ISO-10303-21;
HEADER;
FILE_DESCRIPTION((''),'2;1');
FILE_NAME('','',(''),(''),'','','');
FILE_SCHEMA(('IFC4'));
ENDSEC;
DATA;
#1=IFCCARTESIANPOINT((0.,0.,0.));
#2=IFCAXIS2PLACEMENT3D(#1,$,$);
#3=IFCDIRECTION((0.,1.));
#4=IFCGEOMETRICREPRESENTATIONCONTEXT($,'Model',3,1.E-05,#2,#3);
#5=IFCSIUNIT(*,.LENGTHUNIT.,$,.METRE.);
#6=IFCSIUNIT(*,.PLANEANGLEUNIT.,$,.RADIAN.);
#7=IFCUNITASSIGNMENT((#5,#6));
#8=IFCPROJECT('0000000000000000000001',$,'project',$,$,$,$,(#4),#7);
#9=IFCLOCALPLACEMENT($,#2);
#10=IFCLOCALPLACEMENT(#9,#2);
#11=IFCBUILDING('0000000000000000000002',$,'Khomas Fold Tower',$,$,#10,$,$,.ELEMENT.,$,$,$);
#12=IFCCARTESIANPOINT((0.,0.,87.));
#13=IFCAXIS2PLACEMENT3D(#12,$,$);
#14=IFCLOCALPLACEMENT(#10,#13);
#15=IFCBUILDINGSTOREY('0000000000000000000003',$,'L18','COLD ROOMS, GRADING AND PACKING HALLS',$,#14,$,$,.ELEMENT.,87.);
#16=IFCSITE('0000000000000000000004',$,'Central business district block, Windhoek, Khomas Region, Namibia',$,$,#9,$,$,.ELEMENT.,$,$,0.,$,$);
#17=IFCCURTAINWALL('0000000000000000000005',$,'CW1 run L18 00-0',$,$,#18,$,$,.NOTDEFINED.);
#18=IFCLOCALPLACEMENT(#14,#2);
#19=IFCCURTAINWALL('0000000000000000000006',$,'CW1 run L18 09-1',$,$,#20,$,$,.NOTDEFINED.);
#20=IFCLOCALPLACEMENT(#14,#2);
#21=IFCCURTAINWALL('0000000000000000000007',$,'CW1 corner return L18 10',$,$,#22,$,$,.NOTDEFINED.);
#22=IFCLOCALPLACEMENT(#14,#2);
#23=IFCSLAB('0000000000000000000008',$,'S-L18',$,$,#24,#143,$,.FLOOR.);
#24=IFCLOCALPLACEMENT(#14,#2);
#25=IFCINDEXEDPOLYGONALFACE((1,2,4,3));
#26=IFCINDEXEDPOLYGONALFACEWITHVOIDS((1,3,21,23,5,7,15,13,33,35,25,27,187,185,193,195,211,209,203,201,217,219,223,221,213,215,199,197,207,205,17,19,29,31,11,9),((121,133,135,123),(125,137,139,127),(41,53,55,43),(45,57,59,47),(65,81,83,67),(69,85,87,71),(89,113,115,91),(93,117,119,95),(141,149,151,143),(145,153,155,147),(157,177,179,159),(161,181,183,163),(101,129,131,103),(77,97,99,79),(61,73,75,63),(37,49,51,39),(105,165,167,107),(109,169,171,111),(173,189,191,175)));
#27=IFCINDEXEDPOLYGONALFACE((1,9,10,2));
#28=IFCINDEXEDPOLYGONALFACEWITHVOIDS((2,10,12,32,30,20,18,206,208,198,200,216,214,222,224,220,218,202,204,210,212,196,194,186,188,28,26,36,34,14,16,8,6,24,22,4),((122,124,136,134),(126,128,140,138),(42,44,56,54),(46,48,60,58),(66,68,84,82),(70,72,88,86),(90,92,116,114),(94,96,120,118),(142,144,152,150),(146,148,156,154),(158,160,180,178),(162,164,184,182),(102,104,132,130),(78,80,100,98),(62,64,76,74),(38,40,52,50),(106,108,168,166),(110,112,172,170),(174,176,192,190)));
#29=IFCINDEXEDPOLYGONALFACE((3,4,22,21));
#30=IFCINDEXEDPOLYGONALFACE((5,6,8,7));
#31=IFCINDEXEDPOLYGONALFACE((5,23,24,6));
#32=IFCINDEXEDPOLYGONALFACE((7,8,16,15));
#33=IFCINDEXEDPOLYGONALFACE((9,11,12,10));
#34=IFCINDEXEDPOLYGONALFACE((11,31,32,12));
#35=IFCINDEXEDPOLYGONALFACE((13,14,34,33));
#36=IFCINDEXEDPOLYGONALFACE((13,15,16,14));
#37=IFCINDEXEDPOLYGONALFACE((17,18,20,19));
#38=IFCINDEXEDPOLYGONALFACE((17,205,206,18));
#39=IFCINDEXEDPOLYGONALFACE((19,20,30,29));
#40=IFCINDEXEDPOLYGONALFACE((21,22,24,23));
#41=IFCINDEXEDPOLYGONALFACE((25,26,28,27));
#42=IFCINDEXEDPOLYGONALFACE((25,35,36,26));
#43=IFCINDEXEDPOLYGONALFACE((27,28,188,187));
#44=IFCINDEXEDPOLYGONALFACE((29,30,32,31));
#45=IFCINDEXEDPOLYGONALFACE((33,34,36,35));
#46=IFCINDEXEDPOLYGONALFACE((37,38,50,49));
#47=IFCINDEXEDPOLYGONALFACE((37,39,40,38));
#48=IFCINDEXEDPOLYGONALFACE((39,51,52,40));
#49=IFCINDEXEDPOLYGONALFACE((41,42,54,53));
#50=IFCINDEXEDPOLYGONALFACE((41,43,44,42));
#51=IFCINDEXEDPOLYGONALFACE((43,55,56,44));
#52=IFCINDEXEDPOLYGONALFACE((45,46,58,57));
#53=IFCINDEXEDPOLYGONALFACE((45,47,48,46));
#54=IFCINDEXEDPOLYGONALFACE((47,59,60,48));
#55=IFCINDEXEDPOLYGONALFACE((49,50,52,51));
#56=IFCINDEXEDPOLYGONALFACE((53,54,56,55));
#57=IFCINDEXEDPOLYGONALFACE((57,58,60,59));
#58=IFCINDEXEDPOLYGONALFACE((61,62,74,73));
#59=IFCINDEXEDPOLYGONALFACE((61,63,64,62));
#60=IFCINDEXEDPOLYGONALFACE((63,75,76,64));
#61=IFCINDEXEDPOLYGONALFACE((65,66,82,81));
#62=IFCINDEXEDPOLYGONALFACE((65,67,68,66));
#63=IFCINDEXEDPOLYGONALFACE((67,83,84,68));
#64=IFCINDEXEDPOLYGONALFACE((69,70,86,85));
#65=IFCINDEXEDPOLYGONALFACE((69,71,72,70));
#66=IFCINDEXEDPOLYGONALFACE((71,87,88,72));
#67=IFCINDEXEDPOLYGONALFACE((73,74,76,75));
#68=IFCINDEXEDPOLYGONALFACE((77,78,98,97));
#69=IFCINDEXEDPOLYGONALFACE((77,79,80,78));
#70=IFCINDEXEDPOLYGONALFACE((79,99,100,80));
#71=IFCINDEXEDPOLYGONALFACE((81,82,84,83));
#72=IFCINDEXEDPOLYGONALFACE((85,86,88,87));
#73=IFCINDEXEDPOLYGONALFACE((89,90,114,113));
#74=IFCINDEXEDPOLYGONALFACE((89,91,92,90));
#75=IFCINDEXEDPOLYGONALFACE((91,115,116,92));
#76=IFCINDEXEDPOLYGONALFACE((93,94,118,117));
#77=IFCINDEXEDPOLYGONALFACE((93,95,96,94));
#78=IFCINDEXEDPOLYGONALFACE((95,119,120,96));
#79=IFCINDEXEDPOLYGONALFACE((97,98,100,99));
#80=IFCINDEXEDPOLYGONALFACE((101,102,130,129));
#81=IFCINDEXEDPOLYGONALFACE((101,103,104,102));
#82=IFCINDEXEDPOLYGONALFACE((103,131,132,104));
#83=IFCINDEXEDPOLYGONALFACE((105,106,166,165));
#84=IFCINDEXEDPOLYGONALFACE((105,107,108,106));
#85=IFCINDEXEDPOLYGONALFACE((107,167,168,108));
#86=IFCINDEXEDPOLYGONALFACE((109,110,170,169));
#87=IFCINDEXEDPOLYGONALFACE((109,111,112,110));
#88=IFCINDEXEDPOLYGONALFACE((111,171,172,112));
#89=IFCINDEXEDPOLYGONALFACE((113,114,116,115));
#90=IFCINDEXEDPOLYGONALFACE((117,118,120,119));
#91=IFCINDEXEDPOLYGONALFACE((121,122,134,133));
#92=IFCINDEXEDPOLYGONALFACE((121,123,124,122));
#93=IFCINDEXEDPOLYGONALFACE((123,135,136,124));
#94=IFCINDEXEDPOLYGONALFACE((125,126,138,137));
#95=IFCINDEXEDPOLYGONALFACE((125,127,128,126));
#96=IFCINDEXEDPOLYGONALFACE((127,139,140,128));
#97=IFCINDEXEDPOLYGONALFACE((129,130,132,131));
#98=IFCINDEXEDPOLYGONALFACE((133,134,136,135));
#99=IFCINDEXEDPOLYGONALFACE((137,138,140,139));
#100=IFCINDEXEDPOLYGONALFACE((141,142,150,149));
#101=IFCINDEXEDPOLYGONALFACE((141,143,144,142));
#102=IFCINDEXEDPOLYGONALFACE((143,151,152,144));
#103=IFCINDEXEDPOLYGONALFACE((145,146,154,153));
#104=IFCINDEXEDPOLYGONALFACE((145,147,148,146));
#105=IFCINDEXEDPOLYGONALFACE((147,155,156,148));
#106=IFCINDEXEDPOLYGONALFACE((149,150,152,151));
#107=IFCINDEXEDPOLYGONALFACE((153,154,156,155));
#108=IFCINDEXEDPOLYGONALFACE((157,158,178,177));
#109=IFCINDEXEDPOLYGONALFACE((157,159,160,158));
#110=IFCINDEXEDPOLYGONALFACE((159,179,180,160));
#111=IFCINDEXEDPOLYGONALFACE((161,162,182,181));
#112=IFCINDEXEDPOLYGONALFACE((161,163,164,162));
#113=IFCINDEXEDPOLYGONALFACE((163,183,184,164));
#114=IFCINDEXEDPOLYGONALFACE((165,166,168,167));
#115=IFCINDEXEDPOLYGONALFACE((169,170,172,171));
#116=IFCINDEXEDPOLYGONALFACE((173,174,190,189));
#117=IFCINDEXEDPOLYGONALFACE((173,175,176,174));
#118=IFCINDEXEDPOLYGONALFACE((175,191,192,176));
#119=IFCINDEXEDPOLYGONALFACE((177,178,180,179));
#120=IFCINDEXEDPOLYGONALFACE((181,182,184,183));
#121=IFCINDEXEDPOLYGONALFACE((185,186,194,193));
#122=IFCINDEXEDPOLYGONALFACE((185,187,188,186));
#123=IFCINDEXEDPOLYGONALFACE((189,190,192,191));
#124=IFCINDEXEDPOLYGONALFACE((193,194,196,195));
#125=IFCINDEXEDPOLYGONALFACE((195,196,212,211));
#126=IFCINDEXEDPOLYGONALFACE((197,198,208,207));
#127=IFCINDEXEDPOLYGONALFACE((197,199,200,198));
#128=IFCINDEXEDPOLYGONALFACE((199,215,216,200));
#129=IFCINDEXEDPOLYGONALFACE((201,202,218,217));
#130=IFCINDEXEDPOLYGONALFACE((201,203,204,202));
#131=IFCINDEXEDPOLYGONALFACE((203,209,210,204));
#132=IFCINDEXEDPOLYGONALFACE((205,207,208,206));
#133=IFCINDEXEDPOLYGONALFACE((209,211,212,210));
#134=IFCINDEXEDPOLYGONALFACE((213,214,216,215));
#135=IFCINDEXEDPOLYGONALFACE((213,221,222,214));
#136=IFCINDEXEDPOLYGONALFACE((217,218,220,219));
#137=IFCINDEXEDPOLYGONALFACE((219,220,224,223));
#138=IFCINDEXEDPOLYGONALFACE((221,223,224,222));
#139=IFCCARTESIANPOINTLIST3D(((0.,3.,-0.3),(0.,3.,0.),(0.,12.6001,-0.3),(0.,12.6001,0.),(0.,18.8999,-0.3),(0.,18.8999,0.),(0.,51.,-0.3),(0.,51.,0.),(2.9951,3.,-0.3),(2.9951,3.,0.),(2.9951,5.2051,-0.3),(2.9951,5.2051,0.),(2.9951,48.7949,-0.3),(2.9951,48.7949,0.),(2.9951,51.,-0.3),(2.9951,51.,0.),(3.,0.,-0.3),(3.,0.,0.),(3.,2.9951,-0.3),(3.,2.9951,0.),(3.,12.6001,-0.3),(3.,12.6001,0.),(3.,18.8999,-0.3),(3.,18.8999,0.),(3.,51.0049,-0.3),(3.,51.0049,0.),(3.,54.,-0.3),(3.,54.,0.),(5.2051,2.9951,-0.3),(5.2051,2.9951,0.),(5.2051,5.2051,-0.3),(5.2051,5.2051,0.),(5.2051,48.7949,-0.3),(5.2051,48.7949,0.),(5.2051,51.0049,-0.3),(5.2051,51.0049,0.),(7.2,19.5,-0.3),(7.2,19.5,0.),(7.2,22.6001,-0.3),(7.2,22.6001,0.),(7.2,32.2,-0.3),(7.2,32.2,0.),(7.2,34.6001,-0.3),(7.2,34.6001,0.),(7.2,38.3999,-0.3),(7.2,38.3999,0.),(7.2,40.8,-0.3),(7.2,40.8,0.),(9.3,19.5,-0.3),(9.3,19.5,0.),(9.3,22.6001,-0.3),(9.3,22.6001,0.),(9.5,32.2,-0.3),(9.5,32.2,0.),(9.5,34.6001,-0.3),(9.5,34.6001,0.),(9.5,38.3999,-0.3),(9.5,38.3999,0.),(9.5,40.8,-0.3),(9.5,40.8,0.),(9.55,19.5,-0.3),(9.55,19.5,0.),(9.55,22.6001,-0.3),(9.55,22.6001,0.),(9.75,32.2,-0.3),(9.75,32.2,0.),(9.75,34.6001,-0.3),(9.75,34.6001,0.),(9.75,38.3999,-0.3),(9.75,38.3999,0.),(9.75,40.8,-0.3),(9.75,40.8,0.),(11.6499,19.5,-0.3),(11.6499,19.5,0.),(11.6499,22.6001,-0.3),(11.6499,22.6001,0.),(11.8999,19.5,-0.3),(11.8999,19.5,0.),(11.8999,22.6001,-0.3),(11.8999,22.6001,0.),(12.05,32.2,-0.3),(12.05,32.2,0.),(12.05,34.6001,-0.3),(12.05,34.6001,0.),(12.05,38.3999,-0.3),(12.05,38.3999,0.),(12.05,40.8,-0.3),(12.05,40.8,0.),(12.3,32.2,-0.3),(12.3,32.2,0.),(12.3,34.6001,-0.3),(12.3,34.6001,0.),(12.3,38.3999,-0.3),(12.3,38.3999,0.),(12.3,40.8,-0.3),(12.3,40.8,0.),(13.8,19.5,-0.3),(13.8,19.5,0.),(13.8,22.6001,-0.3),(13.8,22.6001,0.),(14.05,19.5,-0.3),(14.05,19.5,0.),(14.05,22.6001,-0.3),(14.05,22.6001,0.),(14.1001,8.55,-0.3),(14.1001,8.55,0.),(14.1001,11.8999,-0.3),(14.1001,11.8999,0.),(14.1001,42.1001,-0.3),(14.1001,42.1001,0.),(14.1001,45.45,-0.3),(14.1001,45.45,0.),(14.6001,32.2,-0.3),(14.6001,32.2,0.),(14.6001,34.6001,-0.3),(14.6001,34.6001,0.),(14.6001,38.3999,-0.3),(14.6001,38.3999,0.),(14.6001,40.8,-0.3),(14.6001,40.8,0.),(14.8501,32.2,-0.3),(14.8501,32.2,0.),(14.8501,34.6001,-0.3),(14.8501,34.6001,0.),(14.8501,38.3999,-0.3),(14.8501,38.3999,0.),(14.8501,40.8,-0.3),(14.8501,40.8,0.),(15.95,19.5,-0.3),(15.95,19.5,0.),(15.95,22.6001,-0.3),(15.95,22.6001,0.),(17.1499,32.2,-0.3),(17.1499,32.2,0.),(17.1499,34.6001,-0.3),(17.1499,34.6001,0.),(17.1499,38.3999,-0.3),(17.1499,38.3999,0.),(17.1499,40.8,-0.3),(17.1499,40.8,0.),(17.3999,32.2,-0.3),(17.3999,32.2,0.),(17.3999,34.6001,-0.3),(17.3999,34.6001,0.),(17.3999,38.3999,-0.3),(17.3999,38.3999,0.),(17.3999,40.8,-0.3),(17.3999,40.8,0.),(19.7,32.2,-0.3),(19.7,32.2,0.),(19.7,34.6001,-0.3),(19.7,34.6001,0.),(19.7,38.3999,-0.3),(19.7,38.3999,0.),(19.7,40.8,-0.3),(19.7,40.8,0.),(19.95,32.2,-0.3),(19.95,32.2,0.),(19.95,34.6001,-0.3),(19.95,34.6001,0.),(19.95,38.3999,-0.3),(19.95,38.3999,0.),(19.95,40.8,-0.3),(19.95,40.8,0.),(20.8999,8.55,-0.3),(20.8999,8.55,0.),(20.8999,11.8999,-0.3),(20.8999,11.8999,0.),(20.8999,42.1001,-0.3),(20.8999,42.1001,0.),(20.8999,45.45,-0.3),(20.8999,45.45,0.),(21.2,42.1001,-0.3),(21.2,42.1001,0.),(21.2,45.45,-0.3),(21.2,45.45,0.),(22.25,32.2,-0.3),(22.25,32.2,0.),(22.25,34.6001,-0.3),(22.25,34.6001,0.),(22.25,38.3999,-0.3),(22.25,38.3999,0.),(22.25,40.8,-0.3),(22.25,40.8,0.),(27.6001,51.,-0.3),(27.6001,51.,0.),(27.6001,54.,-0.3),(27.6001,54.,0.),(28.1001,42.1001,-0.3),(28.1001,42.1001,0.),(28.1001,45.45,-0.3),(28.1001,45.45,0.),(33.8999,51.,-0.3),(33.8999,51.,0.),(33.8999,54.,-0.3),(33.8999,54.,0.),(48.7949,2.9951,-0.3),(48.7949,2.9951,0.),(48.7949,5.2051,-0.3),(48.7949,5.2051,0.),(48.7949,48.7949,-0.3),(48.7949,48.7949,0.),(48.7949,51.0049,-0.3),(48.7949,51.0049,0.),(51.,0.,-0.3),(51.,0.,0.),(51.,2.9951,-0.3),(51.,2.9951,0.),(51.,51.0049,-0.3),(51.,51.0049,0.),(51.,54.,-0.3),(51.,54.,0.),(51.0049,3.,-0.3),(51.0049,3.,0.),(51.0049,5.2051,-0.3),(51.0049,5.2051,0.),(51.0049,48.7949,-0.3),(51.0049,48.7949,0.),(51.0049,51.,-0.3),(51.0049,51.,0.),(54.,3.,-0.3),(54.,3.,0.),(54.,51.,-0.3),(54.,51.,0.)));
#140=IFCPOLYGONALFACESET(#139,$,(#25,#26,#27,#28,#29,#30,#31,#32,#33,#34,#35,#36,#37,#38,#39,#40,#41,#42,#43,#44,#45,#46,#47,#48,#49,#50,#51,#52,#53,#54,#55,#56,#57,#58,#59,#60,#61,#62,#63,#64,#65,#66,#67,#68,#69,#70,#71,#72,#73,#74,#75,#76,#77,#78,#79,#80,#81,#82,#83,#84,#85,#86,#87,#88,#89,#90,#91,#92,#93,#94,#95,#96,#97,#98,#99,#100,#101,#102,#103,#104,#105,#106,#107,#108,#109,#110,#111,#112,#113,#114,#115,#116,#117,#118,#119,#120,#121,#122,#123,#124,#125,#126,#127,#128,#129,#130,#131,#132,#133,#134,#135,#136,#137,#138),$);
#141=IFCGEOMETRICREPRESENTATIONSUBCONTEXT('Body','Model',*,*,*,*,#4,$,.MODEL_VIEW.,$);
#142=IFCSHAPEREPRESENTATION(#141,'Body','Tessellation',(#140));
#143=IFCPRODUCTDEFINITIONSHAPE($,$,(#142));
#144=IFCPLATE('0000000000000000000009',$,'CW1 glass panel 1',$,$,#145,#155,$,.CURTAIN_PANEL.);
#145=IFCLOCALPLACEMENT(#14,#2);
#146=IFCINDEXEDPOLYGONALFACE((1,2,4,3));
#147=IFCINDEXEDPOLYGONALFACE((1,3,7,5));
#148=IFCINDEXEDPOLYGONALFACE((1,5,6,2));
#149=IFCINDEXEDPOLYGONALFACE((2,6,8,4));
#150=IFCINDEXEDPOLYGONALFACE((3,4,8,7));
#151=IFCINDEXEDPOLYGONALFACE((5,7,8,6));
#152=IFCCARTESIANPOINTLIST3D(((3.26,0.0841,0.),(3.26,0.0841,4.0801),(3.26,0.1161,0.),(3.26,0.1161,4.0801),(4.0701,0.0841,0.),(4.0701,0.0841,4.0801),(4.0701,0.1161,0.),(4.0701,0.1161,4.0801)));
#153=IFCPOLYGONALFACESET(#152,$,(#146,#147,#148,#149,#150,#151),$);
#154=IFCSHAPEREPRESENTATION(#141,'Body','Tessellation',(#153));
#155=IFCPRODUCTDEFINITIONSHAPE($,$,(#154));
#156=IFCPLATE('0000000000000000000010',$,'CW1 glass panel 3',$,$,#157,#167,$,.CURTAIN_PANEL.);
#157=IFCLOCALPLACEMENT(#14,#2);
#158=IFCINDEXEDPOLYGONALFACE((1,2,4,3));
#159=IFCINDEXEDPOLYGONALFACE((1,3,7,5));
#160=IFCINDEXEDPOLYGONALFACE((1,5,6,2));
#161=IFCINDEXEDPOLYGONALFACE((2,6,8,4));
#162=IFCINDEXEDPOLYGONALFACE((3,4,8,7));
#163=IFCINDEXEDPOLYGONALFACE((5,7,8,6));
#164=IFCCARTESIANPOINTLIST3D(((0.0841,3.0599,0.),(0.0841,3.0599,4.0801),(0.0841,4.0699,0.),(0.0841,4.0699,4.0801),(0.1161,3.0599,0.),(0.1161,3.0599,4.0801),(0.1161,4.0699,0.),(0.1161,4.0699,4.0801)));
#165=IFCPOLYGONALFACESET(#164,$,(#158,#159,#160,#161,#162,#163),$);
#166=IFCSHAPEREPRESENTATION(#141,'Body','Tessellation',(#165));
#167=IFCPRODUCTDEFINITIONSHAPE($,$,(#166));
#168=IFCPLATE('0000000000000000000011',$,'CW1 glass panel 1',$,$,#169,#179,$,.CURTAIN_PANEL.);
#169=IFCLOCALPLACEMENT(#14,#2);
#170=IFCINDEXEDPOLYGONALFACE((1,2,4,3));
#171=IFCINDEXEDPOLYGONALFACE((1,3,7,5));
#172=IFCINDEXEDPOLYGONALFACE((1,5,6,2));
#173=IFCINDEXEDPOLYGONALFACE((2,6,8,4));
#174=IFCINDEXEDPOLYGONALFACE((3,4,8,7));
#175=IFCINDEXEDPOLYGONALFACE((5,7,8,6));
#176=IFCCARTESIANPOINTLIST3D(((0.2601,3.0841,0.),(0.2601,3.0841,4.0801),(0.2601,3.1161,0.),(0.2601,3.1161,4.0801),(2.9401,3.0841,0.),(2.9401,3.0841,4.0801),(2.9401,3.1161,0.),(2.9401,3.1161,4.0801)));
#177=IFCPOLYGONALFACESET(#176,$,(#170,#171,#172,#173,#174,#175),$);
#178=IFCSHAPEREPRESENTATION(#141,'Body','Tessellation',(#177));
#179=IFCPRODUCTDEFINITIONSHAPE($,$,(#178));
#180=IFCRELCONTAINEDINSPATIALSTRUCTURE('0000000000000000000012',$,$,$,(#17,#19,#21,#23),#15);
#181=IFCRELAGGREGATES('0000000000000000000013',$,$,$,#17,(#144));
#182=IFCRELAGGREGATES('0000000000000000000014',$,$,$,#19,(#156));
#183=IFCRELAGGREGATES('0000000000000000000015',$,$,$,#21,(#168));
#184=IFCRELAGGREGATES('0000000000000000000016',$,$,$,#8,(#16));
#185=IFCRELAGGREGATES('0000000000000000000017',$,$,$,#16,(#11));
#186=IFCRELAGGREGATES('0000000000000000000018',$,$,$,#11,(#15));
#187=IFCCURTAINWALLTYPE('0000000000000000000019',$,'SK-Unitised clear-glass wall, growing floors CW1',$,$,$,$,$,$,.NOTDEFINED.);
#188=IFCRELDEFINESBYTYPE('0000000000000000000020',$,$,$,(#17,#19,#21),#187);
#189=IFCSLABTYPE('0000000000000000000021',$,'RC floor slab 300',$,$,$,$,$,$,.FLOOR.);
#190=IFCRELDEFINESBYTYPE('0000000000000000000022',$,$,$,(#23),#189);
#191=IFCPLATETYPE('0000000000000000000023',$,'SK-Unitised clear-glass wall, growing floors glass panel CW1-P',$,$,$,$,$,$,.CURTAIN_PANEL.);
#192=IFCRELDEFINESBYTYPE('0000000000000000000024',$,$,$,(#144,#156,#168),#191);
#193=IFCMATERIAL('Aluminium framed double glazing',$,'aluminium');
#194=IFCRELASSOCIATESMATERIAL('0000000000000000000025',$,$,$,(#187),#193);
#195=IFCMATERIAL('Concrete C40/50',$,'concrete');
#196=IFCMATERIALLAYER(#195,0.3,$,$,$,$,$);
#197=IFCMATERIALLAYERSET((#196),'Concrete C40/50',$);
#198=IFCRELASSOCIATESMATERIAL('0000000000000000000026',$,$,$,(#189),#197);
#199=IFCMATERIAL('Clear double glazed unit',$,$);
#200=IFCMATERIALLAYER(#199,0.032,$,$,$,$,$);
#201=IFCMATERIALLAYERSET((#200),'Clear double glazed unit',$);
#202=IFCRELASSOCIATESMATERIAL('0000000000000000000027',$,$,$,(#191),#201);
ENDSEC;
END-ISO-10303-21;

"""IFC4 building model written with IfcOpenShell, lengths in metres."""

from ifc_helpers import new_model, si_unit, direction, frame, origin, origin_2d, place, context, subcontext, project, spatial, polyline, rectangle, outline, extrude, source, transform, mapped, material, layer, layer_set, type_object, element, aggregate, save


model = new_model("IFC4")

# Units and contexts
model_context = context("Model", 3, precision=1e-05, world=origin(), true_north=direction((0.0, 1.0)))
body_context = subcontext(model_context, "Body", "Model", "MODEL_VIEW")
ifc_project = project(units=[si_unit("LENGTHUNIT", "METRE"), si_unit("PLANEANGLEUNIT", "RADIAN")], contexts=[model_context])

# Site, building, storey
site_placement = place(None, origin())
site = spatial("IfcSite", under=ifc_project, at=site_placement, Name="Central business district block, Windhoek, Khomas Region, Namibia", CompositionType="ELEMENT", RefElevation=0.0)
building_placement = place(site_placement, origin())
building = spatial("IfcBuilding", under=site, at=building_placement, Name="Khomas Fold Tower", CompositionType="ELEMENT")
storey_placement = place(building_placement, frame((0.0, 0.0, 87.0)))
storey = spatial("IfcBuildingStorey", under=building, at=storey_placement, Name="L18", Description="COLD ROOMS, GRADING AND PACKING HALLS", CompositionType="ELEMENT", Elevation=87.0)

# Curtain walls
ifc_material_1 = material(Name="Aluminium framed double glazing", Category="aluminium")
curtain_wall_type = type_object("IfcCurtainWallType", Name="SK-Unitised clear-glass wall, growing floors CW1", PredefinedType="NOTDEFINED", material=ifc_material_1)
curtain_wall_1_placement = place(storey_placement, origin())
curtain_wall_1 = element("IfcCurtainWall", 1, at=curtain_wall_1_placement, inside=storey, type_object=curtain_wall_type, Name="CW1 run L18 00-0", PredefinedType="NOTDEFINED")
curtain_wall_2_placement = place(storey_placement, origin())
curtain_wall_2 = element("IfcCurtainWall", 2, at=curtain_wall_2_placement, inside=storey, type_object=curtain_wall_type, Name="CW1 run L18 09-1", PredefinedType="NOTDEFINED")
curtain_wall_3_placement = place(storey_placement, origin())
curtain_wall_3 = element("IfcCurtainWall", 3, at=curtain_wall_3_placement, inside=storey, type_object=curtain_wall_type, Name="CW1 corner return L18 10", PredefinedType="NOTDEFINED")

# Slab
ifc_material_2 = material(Name="Concrete C40/50", Category="concrete")
ifc_layer_1 = layer(ifc_material_2, 0.3)
ifc_layer_set_1 = layer_set([ifc_layer_1], Name="Concrete C40/50")
slab_type_1 = type_object("IfcSlabType", Name="RC floor slab 300", PredefinedType="FLOOR", material=ifc_layer_set_1)
shared_shape_1 = source(origin(), body_context, "Body", "SweptSolid", [
    extrude(outline(polyline([(0.0, 3.0), (2.9951, 3.0), (2.9951, 5.2051), (5.2051, 5.2051), (5.2051, 2.9951), (3.0, 2.9951), (3.0, 0.0), (51.0, 0.0), (51.0, 2.9951), (48.7949, 2.9951), (48.7949, 5.2051), (51.0049, 5.2051), (51.0049, 3.0), (54.0, 3.0), (54.0, 51.0), (51.0049, 51.0), (51.0049, 48.7949), (48.7949, 48.7949), (48.7949, 51.0049), (51.0, 51.0049), (51.0, 54.0), (33.8999, 54.0), (33.8999, 51.0), (27.6001, 51.0), (27.6001, 54.0), (3.0, 54.0), (3.0, 51.0049), (5.2051, 51.0049), (5.2051, 48.7949), (2.9951, 48.7949), (2.9951, 51.0), (0.0, 51.0), (0.0, 18.8999), (3.0, 18.8999), (3.0, 12.6001), (0.0, 12.6001), (0.0, 3.0)]), holes=[polyline([(7.2, 19.5), (7.2, 22.6001), (9.3, 22.6001), (9.3, 19.5), (7.2, 19.5)]), polyline([(7.2, 32.2), (7.2, 34.6001), (9.5, 34.6001), (9.5, 32.2), (7.2, 32.2)]), polyline([(7.2, 38.3999), (7.2, 40.8), (9.5, 40.8), (9.5, 38.3999), (7.2, 38.3999)]), polyline([(9.55, 19.5), (9.55, 22.6001), (11.6499, 22.6001), (11.6499, 19.5), (9.55, 19.5)]), polyline([(9.75, 32.2), (9.75, 34.6001), (12.05, 34.6001), (12.05, 32.2), (9.75, 32.2)]), polyline([(9.75, 38.3999), (9.75, 40.8), (12.05, 40.8), (12.05, 38.3999), (9.75, 38.3999)]), polyline([(11.8999, 19.5), (11.8999, 22.6001), (13.8, 22.6001), (13.8, 19.5), (11.8999, 19.5)]), polyline([(12.3, 32.2), (12.3, 34.6001), (14.6001, 34.6001), (14.6001, 32.2), (12.3, 32.2)]), polyline([(12.3, 38.3999), (12.3, 40.8), (14.6001, 40.8), (14.6001, 38.3999), (12.3, 38.3999)]), polyline([(14.05, 19.5), (14.05, 22.6001), (15.95, 22.6001), (15.95, 19.5), (14.05, 19.5)]), polyline([(14.1001, 8.55), (14.1001, 11.8999), (20.8999, 11.8999), (20.8999, 8.55), (14.1001, 8.55)]), polyline([(14.1001, 42.1001), (14.1001, 45.45), (20.8999, 45.45), (20.8999, 42.1001), (14.1001, 42.1001)]), polyline([(14.8501, 32.2), (14.8501, 34.6001), (17.1499, 34.6001), (17.1499, 32.2), (14.8501, 32.2)]), polyline([(14.8501, 38.3999), (14.8501, 40.8), (17.1499, 40.8), (17.1499, 38.3999), (14.8501, 38.3999)]), polyline([(17.3999, 32.2), (17.3999, 34.6001), (19.7, 34.6001), (19.7, 32.2), (17.3999, 32.2)]), polyline([(17.3999, 38.3999), (17.3999, 40.8), (19.7, 40.8), (19.7, 38.3999), (17.3999, 38.3999)]), polyline([(19.95, 32.2), (19.95, 34.6001), (22.25, 34.6001), (22.25, 32.2), (19.95, 32.2)]), polyline([(19.95, 38.3999), (19.95, 40.8), (22.25, 40.8), (22.25, 38.3999), (19.95, 38.3999)]), polyline([(21.2, 42.1001), (21.2, 45.45), (28.1001, 45.45), (28.1001, 42.1001), (21.2, 42.1001)])]), origin(), (0.0, 0.0, 1.0), 0.3),
])
slab_1_placement = place(storey_placement, frame((0.0, 0.0, -0.3)))
element("IfcSlab", 4, at=slab_1_placement, inside=storey, type_object=slab_type_1, Name="S-L18", PredefinedType="FLOOR", context=body_context, shape_type="MappedRepresentation", body=[
    mapped(shared_shape_1, transform((0.0, 0.0, 0.0))),
])

# Plates
ifc_material_3 = material(Name="Clear double glazed unit")
ifc_layer_2 = layer(ifc_material_3, 0.032)
ifc_layer_set_2 = layer_set([ifc_layer_2], Name="Clear double glazed unit")
plate_type_1 = type_object("IfcPlateType", Name="SK-Unitised clear-glass wall, growing floors glass panel CW1-P", PredefinedType="CURTAIN_PANEL", material=ifc_layer_set_2)
shared_shape_2 = source(origin(), body_context, "Body", "SweptSolid", [
    extrude(rectangle(XDim=0.8101, YDim=0.032, at=origin_2d()), origin(), (0.0, 0.0, 1.0), 4.0801),
])
plate_1_placement = place(storey_placement, frame((3.665, 0.1001, 0.0), z_axis=(0.0, 0.0, 1.0), x_axis=(1.0, 0.0, 0.0)))
plate_1 = element("IfcPlate", 5, at=plate_1_placement, type_object=plate_type_1, Name="CW1 glass panel 1", PredefinedType="CURTAIN_PANEL", context=body_context, shape_type="MappedRepresentation", body=[
    mapped(shared_shape_2, transform((0.0, 0.0, 0.0))),
])
aggregate(curtain_wall_1, [plate_1])
shared_shape_3 = source(origin(), body_context, "Body", "SweptSolid", [
    extrude(rectangle(XDim=1.01, YDim=0.032, at=origin_2d()), origin(), (0.0, 0.0, 1.0), 4.0801),
])
plate_2_placement = place(storey_placement, frame((0.1001, 3.5649, 0.0), z_axis=(0.0, 0.0, 1.0), x_axis=(0.0, -1.0, 0.0)))
plate_2 = element("IfcPlate", 6, at=plate_2_placement, type_object=plate_type_1, Name="CW1 glass panel 3", PredefinedType="CURTAIN_PANEL", context=body_context, shape_type="MappedRepresentation", body=[
    mapped(shared_shape_3, transform((0.0, 0.0, 0.0))),
])
aggregate(curtain_wall_2, [plate_2])
shared_shape_4 = source(origin(), body_context, "Body", "SweptSolid", [
    extrude(rectangle(XDim=2.6799, YDim=0.032, at=origin_2d()), origin(), (0.0, 0.0, 1.0), 4.0801),
])
plate_3_placement = place(storey_placement, frame((1.6001, 3.1001, 0.0), z_axis=(0.0, 0.0, 1.0), x_axis=(1.0, 0.0, 0.0)))
plate_3 = element("IfcPlate", 7, at=plate_3_placement, type_object=plate_type_1, Name="CW1 glass panel 1", PredefinedType="CURTAIN_PANEL", context=body_context, shape_type="MappedRepresentation", body=[
    mapped(shared_shape_4, transform((0.0, 0.0, 0.0))),
])
aggregate(curtain_wall_3, [plate_3])

save(model, "model.ifc")
